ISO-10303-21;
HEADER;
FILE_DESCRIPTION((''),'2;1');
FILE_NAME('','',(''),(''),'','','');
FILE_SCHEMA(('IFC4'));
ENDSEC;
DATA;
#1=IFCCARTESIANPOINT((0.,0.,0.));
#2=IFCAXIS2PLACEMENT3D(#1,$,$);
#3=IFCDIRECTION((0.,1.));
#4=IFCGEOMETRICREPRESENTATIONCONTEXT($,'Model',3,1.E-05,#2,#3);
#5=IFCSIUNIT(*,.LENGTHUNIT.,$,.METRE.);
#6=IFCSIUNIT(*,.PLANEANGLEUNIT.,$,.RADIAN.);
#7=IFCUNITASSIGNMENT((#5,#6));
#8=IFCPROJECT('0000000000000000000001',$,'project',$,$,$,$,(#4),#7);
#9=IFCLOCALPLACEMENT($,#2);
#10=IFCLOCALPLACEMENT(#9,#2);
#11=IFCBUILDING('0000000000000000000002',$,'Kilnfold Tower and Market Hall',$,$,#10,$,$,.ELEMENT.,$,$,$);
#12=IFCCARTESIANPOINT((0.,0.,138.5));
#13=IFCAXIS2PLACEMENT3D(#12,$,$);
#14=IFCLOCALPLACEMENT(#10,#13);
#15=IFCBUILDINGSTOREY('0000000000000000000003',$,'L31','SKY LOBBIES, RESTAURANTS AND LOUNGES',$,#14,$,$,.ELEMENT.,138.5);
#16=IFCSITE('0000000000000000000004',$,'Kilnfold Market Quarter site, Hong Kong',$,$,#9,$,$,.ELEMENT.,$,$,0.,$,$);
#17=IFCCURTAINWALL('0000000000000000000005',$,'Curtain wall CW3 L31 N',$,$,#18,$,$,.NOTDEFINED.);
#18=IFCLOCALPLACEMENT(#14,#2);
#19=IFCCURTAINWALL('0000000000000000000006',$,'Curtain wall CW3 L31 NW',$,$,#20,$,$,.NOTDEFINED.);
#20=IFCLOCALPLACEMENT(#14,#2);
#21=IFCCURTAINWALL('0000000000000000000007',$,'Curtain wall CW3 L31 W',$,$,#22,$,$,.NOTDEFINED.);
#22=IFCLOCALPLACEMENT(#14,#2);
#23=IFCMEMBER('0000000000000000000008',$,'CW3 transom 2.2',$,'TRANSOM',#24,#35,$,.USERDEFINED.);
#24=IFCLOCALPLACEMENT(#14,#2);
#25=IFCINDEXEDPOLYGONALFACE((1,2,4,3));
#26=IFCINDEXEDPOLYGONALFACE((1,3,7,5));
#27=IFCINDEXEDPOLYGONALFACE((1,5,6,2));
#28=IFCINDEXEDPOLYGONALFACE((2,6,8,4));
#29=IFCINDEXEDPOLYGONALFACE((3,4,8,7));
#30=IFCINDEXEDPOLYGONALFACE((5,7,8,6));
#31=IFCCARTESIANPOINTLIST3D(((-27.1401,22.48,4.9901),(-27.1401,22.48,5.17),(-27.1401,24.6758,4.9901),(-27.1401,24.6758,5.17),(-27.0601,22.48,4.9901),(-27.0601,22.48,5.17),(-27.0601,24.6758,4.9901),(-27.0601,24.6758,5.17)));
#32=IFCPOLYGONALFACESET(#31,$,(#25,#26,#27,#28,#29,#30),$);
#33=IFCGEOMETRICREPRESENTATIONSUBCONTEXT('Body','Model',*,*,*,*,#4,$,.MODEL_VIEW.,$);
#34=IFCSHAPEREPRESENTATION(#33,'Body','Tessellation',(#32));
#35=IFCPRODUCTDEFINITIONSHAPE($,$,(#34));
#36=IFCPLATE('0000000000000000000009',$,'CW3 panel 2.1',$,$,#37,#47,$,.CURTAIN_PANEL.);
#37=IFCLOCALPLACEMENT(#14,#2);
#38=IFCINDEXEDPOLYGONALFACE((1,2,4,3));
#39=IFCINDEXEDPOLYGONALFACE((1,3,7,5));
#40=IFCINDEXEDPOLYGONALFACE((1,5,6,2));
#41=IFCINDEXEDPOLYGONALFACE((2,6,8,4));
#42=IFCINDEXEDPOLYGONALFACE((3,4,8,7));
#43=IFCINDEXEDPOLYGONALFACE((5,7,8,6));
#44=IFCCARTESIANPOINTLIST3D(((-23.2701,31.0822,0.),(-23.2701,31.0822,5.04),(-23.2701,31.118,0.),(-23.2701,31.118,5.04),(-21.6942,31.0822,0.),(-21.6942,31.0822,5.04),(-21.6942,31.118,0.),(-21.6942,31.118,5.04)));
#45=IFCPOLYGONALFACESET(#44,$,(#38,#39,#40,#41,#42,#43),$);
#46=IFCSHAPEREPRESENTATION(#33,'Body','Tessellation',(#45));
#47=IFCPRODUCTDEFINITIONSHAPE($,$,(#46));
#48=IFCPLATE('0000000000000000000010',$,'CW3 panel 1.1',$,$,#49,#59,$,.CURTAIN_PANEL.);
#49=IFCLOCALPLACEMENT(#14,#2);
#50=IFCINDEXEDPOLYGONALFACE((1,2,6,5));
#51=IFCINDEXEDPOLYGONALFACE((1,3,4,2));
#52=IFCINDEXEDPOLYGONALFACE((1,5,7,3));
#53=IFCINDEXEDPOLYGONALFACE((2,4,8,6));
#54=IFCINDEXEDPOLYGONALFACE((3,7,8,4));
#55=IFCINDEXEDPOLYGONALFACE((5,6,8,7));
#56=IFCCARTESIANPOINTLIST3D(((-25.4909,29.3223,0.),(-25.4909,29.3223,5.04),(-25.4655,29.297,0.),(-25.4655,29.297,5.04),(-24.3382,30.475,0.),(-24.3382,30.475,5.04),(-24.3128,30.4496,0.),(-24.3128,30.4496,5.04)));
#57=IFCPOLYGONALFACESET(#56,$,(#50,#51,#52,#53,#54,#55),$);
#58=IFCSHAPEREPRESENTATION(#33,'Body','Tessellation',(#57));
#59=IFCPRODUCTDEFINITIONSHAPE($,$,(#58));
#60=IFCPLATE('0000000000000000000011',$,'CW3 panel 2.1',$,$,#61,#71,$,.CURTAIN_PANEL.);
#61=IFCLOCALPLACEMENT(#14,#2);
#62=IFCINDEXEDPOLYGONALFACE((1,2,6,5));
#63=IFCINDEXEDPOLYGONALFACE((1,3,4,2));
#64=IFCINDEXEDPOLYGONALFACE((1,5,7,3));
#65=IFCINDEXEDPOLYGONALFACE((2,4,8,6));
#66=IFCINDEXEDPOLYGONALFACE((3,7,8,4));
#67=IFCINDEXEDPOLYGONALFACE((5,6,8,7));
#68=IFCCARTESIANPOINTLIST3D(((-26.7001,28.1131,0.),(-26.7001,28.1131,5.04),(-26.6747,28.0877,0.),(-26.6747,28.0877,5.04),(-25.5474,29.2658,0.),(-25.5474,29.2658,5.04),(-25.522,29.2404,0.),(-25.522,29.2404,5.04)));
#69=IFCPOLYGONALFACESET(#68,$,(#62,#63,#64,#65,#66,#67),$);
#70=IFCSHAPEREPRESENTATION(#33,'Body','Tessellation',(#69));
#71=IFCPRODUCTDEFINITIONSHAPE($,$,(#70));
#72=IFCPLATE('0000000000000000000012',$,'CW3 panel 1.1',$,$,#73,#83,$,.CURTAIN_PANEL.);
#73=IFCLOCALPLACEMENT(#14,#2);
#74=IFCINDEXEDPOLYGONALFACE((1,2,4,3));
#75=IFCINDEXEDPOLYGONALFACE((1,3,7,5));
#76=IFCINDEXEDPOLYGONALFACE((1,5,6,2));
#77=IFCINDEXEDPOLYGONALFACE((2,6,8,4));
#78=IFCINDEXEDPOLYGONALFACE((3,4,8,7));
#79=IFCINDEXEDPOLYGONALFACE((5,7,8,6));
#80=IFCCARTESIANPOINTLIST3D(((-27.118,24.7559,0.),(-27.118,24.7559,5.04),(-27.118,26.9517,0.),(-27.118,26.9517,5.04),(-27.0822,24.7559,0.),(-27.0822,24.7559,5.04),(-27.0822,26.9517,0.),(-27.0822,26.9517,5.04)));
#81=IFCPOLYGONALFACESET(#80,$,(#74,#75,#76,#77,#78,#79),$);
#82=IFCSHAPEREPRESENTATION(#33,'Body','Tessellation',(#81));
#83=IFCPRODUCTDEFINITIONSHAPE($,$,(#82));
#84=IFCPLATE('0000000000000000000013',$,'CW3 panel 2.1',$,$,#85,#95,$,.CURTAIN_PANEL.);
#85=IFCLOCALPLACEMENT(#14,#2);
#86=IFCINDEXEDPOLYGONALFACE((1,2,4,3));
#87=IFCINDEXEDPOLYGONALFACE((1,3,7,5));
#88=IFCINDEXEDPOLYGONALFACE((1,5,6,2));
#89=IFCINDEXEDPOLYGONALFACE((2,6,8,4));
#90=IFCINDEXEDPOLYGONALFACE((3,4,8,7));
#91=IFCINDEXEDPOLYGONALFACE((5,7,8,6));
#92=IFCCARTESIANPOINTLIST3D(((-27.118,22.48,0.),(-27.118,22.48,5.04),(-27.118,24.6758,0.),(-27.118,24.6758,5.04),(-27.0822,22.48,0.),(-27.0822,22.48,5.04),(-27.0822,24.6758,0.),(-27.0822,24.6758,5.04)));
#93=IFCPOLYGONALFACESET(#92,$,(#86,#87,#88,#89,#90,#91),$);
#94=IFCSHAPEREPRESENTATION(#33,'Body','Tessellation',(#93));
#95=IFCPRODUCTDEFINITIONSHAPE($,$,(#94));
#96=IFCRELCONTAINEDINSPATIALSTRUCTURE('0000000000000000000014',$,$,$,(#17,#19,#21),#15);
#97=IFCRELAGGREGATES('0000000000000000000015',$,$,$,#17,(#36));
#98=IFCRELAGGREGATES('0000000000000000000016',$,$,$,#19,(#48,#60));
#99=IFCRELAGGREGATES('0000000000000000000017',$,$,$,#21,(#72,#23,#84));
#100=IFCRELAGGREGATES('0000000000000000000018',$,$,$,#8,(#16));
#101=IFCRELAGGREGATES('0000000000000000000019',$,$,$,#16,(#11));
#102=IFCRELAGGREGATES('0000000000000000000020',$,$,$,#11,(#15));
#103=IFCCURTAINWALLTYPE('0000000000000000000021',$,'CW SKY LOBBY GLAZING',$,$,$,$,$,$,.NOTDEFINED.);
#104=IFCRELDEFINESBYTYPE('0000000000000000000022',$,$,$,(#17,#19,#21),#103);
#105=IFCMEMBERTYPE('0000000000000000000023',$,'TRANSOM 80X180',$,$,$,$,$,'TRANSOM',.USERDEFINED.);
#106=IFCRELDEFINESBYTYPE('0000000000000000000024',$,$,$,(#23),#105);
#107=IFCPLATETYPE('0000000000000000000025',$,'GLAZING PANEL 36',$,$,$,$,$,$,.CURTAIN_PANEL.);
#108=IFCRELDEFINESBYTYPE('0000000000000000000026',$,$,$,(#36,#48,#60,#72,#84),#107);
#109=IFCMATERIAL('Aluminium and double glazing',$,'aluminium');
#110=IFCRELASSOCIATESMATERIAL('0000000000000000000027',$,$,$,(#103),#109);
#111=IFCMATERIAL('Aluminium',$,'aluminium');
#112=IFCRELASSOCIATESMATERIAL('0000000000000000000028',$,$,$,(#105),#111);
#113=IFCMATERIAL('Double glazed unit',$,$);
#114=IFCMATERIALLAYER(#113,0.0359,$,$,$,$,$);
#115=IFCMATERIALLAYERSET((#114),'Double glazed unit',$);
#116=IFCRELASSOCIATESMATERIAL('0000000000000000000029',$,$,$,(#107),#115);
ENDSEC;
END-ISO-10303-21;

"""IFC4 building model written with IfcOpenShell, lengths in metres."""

from ifc_helpers import new_model, si_unit, direction, frame, origin, origin_2d, place, context, subcontext, project, spatial, rectangle, extrude, source, transform, mapped, material, layer, layer_set, material_profile, profile_set, type_object, element, aggregate, save


model = new_model("IFC4")

# Units and contexts
model_context = context("Model", 3, precision=1e-05, world=origin(), true_north=direction((0.0, 1.0)))
body_context = subcontext(model_context, "Body", "Model", "MODEL_VIEW")
ifc_project = project(units=[si_unit("LENGTHUNIT", "METRE"), si_unit("PLANEANGLEUNIT", "RADIAN")], contexts=[model_context])

# Site, building, storey
site_placement = place(None, origin())
site = spatial("IfcSite", under=ifc_project, at=site_placement, Name="Kilnfold Market Quarter site, Hong Kong", CompositionType="ELEMENT", RefElevation=0.0)
building_placement = place(site_placement, origin())
building = spatial("IfcBuilding", under=site, at=building_placement, Name="Kilnfold Tower and Market Hall", CompositionType="ELEMENT")
storey_placement = place(building_placement, frame((0.0, 0.0, 138.5)))
storey = spatial("IfcBuildingStorey", under=building, at=storey_placement, Name="L31", Description="SKY LOBBIES, RESTAURANTS AND LOUNGES", CompositionType="ELEMENT", Elevation=138.5)

# Curtain wall
ifc_material_1 = material(Name="Aluminium and double glazing", Category="aluminium")
curtain_wall_type = type_object("IfcCurtainWallType", Name="CW SKY LOBBY GLAZING", PredefinedType="NOTDEFINED", material=ifc_material_1)
curtain_wall_1_placement = place(storey_placement, origin())
curtain_wall_1 = element("IfcCurtainWall", 1, at=curtain_wall_1_placement, inside=storey, type_object=curtain_wall_type, Name="Curtain wall CW3 L31 N", PredefinedType="NOTDEFINED")

# Curtain walls
curtain_wall_2_placement = place(storey_placement, origin())
curtain_wall_2 = element("IfcCurtainWall", 2, at=curtain_wall_2_placement, inside=storey, type_object=curtain_wall_type, Name="Curtain wall CW3 L31 NW", PredefinedType="NOTDEFINED")
curtain_wall_3_placement = place(storey_placement, origin())
curtain_wall_3 = element("IfcCurtainWall", 3, at=curtain_wall_3_placement, inside=storey, type_object=curtain_wall_type, Name="Curtain wall CW3 L31 W", PredefinedType="NOTDEFINED")

# Member
ifc_material_2 = material(Name="Aluminium", Category="aluminium")
ifc_material_profile_1 = material_profile(ifc_material_2, rectangle(XDim=0.0801, YDim=0.1799, at=origin_2d()), Name="TRANSOM 80x180")
ifc_profile_set_1 = profile_set([ifc_material_profile_1], Name="Aluminium")
member_type_1 = type_object("IfcMemberType", Name="TRANSOM 80X180", ElementType="TRANSOM", PredefinedType="USERDEFINED", material=ifc_profile_set_1)
shared_shape_1 = source(origin(), body_context, "Body", "SweptSolid", [
    extrude(rectangle(XDim=0.0801, YDim=0.1799, at=origin_2d()), origin(), (0.0, 0.0, 1.0), 2.1958),
])
member_1_placement = place(storey_placement, frame((-27.1001, 24.6758, 5.0801), z_axis=(0.0, -1.0, 0.0), x_axis=(1.0, 0.0, 0.0)))
member_1 = element("IfcMember", 4, at=member_1_placement, type_object=member_type_1, Name="CW3 transom 2.2", ObjectType="TRANSOM", PredefinedType="USERDEFINED", context=body_context, shape_type="MappedRepresentation", body=[
    mapped(shared_shape_1, transform((0.0, 0.0, 0.0))),
])

# Plates
ifc_material_3 = material(Name="Double glazed unit")
ifc_layer = layer(ifc_material_3, 0.0359)
ifc_layer_set = layer_set([ifc_layer], Name="Double glazed unit")
plate_type = type_object("IfcPlateType", Name="GLAZING PANEL 36", PredefinedType="CURTAIN_PANEL", material=ifc_layer_set)
shared_shape_2 = source(origin(), body_context, "Body", "SweptSolid", [
    extrude(rectangle(XDim=1.5759, YDim=0.0359, at=origin_2d()), origin(), (0.0, 0.0, 1.0), 5.04),
])
plate_1_placement = place(storey_placement, frame((-22.4822, 31.1001, 0.0), z_axis=(0.0, 0.0, 1.0), x_axis=(-1.0, 0.0, 0.0)))
plate_1 = element("IfcPlate", 5, at=plate_1_placement, type_object=plate_type, Name="CW3 panel 2.1", PredefinedType="CURTAIN_PANEL", context=body_context, shape_type="MappedRepresentation", body=[
    mapped(shared_shape_2, transform((0.0, 0.0, 0.0))),
])
aggregate(curtain_wall_1, [plate_1])
shared_shape_3 = source(origin(), body_context, "Body", "SweptSolid", [
    extrude(rectangle(XDim=1.6301, YDim=0.0359, at=origin_2d()), origin(), (0.0, 0.0, 1.0), 5.04),
])
plate_2_placement = place(storey_placement, frame((-24.9019, 29.886, 0.0), z_axis=(0.0, 0.0, 1.0), x_axis=(-0.707121, -0.707092, 0.0)))
plate_2 = element("IfcPlate", 6, at=plate_2_placement, type_object=plate_type, Name="CW3 panel 1.1", PredefinedType="CURTAIN_PANEL", context=body_context, shape_type="MappedRepresentation", body=[
    mapped(shared_shape_3, transform((0.0, 0.0, 0.0))),
])
plate_3_placement = place(storey_placement, frame((-26.1111, 28.6768, 0.0), z_axis=(0.0, 0.0, 1.0), x_axis=(-0.707121, -0.707092, 0.0)))
plate_3 = element("IfcPlate", 7, at=plate_3_placement, type_object=plate_type, Name="CW3 panel 2.1", PredefinedType="CURTAIN_PANEL", context=body_context, shape_type="MappedRepresentation", body=[
    mapped(shared_shape_3, transform((0.0, 0.0, 0.0))),
])
aggregate(curtain_wall_2, [plate_2, plate_3])
shared_shape_4 = source(origin(), body_context, "Body", "SweptSolid", [
    extrude(rectangle(XDim=2.1958, YDim=0.0359, at=origin_2d()), origin(), (0.0, 0.0, 1.0), 5.04),
])
plate_4_placement = place(storey_placement, frame((-27.1001, 25.8538, 0.0), z_axis=(0.0, 0.0, 1.0), x_axis=(0.0, -1.0, 0.0)))
plate_4 = element("IfcPlate", 8, at=plate_4_placement, type_object=plate_type, Name="CW3 panel 1.1", PredefinedType="CURTAIN_PANEL", context=body_context, shape_type="MappedRepresentation", body=[
    mapped(shared_shape_4, transform((0.0, 0.0, 0.0))),
])
plate_5_placement = place(storey_placement, frame((-27.1001, 23.5779, 0.0), z_axis=(0.0, 0.0, 1.0), x_axis=(0.0, -1.0, 0.0)))
plate_5 = element("IfcPlate", 9, at=plate_5_placement, type_object=plate_type, Name="CW3 panel 2.1", PredefinedType="CURTAIN_PANEL", context=body_context, shape_type="MappedRepresentation", body=[
    mapped(shared_shape_4, transform((0.0, 0.0, 0.0))),
])
aggregate(curtain_wall_3, [plate_4, member_1, plate_5])

save(model, "model.ifc")
